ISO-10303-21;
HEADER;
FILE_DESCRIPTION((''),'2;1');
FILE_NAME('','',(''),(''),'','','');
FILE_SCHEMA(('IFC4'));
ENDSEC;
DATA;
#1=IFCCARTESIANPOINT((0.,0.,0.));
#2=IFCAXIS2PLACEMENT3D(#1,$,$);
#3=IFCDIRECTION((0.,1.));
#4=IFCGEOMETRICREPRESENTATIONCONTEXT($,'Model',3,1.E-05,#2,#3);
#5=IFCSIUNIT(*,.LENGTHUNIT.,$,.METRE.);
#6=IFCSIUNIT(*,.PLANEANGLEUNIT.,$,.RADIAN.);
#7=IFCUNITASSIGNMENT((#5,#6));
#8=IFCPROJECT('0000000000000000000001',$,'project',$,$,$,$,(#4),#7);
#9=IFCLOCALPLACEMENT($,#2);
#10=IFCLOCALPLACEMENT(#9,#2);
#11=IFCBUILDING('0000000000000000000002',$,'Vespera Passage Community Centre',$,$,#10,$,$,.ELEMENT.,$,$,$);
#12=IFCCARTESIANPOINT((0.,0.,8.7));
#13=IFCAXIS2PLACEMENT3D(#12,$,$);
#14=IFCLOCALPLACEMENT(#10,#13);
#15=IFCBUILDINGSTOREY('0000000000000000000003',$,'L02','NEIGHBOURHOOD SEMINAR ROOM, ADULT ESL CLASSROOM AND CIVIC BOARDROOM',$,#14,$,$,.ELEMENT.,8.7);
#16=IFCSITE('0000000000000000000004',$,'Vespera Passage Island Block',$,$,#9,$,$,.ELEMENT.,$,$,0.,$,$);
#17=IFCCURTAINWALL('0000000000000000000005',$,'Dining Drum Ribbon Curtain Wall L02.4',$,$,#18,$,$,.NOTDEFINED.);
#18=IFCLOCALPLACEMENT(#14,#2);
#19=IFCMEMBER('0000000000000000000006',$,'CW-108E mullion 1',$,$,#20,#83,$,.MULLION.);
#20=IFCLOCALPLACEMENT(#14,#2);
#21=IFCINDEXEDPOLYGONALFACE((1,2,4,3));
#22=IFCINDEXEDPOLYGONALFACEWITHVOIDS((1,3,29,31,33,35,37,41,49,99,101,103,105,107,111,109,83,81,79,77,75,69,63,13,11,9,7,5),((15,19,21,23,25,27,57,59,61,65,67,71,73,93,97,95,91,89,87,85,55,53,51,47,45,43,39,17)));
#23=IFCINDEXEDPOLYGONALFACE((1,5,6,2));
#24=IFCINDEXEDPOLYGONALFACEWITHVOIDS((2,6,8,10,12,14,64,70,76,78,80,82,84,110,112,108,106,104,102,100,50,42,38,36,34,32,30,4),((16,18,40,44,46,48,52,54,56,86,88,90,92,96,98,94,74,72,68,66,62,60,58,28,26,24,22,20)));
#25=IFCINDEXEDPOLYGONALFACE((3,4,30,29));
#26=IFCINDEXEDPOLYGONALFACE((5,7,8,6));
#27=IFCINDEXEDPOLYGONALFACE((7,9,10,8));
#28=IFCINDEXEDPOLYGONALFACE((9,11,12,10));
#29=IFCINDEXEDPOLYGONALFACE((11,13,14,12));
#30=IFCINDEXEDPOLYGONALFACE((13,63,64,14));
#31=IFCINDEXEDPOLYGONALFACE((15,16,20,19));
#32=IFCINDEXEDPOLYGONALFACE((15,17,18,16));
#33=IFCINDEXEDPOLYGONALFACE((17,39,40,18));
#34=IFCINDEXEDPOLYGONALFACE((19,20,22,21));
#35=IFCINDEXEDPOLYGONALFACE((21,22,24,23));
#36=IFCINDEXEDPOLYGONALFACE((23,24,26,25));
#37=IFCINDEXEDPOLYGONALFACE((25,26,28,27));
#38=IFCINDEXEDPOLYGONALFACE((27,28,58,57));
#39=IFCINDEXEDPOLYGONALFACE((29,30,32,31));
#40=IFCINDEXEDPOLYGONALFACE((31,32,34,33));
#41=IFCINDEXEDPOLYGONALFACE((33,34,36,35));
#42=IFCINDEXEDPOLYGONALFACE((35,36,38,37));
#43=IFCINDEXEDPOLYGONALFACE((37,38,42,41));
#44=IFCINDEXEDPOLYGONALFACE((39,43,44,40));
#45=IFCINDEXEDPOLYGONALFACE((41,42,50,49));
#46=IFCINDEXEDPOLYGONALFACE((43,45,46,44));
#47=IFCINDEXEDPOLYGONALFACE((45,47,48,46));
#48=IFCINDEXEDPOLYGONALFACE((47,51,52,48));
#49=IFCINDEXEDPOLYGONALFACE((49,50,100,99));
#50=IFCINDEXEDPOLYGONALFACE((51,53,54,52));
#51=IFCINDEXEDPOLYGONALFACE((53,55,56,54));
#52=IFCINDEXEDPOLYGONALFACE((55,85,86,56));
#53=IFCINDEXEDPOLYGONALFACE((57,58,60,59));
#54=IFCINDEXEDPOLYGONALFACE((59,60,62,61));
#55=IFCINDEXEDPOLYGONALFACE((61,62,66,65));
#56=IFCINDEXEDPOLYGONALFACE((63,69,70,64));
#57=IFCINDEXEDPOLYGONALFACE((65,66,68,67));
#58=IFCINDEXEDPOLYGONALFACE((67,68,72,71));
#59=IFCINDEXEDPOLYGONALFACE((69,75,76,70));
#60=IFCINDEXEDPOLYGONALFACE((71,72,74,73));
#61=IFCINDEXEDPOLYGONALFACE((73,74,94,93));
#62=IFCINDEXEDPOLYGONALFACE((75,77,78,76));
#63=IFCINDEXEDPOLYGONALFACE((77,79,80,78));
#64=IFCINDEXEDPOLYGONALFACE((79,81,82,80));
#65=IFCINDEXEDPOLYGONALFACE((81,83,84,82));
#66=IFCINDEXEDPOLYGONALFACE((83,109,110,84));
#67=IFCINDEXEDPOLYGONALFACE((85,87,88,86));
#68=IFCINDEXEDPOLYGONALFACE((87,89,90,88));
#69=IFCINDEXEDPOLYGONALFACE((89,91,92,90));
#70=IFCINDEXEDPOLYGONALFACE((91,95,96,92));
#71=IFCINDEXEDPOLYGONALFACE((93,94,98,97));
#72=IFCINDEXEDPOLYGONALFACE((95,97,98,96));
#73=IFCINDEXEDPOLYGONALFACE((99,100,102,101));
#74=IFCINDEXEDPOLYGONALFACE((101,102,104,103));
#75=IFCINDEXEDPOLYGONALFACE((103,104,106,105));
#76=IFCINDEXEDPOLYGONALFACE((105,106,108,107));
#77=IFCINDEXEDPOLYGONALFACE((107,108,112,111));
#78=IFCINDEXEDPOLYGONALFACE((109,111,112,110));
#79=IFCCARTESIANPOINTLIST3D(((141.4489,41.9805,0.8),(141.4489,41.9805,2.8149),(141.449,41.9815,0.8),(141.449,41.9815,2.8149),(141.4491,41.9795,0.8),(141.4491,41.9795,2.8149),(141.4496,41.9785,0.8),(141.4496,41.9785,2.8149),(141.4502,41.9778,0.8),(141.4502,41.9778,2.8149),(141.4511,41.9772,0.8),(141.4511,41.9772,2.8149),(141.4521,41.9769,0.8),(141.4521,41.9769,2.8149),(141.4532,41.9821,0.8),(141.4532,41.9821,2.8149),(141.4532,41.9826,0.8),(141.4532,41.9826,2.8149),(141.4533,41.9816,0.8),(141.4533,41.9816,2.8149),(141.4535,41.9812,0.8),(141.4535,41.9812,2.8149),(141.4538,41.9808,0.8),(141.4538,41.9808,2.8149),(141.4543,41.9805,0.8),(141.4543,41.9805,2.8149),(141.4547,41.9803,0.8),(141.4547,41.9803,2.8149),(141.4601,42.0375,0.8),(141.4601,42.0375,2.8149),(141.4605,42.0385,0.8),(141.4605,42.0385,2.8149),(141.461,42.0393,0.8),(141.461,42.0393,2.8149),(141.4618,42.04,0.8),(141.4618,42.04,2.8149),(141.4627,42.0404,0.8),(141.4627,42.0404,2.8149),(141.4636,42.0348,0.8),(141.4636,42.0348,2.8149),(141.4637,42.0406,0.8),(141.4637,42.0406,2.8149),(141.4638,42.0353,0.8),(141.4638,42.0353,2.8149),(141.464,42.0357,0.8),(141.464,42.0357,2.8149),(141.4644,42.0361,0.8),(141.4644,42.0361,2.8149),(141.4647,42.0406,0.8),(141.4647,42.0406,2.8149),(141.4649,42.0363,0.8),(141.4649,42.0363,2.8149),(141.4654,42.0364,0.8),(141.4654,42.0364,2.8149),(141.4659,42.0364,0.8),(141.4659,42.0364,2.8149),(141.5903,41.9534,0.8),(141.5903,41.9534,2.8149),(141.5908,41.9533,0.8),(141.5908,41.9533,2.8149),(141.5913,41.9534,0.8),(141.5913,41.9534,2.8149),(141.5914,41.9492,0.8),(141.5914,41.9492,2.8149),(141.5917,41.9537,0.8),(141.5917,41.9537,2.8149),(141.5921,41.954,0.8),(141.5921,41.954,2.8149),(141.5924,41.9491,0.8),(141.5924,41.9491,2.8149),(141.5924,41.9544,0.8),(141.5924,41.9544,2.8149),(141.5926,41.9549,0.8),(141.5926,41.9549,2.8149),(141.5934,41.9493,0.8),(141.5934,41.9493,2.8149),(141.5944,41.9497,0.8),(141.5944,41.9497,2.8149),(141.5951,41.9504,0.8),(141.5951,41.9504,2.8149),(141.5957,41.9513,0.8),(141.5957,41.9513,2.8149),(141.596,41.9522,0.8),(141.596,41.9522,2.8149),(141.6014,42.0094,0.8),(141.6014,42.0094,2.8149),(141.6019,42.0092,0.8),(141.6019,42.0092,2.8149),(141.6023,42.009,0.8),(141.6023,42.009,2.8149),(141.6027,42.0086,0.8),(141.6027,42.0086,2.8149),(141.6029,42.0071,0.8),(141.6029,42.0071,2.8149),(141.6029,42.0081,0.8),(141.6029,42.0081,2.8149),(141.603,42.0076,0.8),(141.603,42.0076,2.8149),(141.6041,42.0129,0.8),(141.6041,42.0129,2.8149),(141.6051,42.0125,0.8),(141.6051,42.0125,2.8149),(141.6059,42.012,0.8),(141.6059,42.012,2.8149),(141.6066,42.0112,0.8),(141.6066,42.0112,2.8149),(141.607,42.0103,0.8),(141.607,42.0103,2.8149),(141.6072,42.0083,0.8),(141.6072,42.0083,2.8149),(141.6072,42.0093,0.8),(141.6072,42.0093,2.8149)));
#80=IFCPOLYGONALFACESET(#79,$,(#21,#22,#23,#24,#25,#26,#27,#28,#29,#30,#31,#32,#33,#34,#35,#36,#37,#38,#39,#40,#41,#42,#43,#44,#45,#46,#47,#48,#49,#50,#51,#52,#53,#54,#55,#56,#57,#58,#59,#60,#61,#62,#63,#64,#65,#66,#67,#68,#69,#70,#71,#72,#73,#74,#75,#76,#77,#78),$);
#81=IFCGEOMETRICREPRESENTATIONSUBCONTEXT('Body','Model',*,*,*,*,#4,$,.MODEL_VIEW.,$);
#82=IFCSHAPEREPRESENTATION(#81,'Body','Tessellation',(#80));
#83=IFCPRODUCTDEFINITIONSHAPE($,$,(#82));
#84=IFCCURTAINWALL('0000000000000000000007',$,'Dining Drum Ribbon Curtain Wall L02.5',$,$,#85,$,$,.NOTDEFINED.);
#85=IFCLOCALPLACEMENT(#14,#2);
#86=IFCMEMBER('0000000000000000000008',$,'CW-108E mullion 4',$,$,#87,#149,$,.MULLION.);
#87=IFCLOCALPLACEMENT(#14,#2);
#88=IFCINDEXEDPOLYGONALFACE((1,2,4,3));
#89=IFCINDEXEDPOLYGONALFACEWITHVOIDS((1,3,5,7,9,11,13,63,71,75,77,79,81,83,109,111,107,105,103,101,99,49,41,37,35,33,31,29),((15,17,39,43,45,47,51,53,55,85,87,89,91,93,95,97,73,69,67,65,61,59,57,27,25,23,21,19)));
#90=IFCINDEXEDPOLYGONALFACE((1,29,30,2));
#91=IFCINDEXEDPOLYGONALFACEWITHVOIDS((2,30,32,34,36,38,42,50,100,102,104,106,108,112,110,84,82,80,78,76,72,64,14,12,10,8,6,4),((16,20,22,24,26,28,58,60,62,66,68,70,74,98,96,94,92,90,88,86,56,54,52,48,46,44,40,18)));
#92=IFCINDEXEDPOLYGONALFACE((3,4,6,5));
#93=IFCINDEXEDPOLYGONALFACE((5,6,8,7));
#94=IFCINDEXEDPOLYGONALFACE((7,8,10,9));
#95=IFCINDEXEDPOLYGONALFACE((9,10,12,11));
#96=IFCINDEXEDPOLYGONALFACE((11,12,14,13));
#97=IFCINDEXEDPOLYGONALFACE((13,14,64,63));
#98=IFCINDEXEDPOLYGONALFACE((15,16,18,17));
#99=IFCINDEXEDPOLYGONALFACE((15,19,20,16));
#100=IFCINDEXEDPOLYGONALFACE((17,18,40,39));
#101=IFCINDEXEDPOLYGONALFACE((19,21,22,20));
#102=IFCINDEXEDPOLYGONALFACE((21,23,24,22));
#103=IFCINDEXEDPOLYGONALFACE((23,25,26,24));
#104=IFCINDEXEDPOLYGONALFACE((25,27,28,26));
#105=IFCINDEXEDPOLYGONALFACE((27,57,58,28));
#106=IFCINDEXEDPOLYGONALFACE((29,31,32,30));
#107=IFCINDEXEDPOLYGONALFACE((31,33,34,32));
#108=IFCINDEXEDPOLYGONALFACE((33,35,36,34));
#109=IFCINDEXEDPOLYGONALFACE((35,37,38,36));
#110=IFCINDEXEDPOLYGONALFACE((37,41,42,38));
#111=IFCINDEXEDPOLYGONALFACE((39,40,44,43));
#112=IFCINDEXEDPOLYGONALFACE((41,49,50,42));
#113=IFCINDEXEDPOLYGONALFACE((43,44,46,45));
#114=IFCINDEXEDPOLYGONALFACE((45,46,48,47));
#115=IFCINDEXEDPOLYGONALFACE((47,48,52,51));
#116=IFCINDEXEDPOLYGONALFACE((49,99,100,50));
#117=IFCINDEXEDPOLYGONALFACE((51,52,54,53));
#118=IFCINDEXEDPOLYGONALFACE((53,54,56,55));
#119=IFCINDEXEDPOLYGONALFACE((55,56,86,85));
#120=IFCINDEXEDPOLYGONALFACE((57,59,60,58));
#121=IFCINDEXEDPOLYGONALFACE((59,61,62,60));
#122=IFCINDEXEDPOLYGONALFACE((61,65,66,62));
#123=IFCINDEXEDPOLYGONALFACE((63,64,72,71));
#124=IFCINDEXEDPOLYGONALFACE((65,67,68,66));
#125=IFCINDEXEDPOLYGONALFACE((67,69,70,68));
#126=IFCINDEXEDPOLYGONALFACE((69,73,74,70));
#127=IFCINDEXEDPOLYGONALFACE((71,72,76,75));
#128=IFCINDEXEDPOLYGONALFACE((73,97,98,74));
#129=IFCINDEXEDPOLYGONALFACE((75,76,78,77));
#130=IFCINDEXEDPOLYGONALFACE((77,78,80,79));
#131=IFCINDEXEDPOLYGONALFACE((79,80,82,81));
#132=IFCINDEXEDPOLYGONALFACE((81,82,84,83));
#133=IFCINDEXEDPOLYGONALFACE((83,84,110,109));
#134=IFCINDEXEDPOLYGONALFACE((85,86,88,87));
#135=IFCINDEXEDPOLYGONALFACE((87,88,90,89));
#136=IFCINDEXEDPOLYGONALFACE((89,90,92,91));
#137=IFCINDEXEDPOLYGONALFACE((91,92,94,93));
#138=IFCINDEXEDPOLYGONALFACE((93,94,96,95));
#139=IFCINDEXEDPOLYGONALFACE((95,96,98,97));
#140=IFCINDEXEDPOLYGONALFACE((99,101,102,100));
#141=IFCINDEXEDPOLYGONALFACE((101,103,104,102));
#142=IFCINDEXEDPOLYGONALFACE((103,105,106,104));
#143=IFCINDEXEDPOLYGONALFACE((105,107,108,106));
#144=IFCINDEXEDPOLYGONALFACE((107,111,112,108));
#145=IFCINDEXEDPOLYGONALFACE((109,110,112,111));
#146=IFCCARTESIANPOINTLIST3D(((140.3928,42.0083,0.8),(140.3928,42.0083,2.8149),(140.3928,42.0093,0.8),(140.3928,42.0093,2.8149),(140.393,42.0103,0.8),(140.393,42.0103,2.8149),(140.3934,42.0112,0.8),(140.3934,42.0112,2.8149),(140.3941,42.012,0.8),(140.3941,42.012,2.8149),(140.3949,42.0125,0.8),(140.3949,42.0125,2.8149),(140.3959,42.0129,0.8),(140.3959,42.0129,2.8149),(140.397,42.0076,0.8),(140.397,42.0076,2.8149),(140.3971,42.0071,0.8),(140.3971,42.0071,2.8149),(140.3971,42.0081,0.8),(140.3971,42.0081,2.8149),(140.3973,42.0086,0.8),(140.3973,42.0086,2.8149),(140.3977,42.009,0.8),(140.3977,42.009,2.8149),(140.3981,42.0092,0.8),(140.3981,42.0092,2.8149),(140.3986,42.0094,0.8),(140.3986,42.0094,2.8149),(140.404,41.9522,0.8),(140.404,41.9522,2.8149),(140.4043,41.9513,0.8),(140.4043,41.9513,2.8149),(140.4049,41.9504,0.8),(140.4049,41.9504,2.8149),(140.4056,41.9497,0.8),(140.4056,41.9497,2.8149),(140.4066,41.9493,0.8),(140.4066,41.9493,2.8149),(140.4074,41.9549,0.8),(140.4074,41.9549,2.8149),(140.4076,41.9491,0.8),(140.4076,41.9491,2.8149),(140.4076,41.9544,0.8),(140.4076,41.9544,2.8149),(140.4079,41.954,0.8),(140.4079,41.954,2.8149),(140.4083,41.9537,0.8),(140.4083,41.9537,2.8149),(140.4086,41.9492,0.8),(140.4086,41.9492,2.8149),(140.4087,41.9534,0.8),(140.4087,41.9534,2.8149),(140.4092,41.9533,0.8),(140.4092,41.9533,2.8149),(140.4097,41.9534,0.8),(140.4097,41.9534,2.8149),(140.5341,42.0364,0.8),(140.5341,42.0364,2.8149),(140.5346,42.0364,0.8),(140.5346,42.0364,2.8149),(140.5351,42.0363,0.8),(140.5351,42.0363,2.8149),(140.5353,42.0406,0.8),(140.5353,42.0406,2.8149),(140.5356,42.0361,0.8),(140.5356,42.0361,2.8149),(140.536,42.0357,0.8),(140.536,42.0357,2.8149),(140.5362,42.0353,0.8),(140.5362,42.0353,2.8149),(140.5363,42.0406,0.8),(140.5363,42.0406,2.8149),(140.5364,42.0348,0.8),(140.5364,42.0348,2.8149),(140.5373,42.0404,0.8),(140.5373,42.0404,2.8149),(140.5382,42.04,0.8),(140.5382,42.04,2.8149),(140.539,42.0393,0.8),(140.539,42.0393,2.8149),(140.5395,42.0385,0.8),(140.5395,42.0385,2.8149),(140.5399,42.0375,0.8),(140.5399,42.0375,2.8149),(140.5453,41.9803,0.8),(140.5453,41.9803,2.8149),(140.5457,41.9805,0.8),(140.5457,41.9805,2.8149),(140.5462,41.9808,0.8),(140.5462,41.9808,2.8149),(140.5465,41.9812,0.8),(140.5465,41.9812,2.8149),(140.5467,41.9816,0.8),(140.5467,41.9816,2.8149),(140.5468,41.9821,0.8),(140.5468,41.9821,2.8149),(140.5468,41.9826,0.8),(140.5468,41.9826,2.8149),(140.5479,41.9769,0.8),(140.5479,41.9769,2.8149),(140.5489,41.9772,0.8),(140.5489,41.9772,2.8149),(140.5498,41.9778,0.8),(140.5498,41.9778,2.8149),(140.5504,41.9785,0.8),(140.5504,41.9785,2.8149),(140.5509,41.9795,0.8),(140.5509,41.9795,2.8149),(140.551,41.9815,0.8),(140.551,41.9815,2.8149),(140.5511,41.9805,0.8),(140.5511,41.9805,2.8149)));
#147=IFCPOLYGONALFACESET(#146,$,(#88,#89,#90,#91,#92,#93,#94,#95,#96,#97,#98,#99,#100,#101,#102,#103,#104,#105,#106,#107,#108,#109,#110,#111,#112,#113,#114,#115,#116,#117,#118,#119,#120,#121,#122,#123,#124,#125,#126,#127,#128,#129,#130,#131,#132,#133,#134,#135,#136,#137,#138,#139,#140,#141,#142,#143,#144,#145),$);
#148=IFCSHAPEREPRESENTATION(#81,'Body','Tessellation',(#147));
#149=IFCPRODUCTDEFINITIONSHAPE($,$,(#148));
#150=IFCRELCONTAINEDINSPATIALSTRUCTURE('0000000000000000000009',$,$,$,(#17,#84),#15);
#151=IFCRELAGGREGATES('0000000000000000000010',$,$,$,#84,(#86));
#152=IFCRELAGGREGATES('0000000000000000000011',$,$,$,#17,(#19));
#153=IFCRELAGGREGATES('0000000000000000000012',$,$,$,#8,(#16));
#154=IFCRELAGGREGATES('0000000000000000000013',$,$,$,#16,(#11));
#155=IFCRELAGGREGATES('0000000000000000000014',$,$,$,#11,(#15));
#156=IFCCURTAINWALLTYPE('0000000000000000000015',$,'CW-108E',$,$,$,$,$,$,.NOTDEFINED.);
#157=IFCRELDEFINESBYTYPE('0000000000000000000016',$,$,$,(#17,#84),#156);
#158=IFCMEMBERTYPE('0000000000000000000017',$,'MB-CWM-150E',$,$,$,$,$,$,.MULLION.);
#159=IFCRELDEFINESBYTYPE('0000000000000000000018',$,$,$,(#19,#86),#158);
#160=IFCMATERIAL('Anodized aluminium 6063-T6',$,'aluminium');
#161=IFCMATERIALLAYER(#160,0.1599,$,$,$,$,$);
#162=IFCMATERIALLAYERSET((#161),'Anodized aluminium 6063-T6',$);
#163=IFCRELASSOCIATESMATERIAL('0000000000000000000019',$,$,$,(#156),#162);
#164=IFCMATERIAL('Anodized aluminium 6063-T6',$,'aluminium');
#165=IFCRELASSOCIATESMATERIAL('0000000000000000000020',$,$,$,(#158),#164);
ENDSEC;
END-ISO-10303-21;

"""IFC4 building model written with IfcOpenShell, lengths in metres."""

from ifc_helpers import new_model, si_unit, direction, frame, origin, origin_2d, place, context, subcontext, project, spatial, hollow_rectangle, extrude, material, layer, layer_set, material_profile, profile_set, type_object, element, aggregate, save


model = new_model("IFC4")

# Units and contexts
model_context = context("Model", 3, precision=1e-05, world=origin(), true_north=direction((0.0, 1.0)))
body_context = subcontext(model_context, "Body", "Model", "MODEL_VIEW")
ifc_project = project(units=[si_unit("LENGTHUNIT", "METRE"), si_unit("PLANEANGLEUNIT", "RADIAN")], contexts=[model_context])

# Site, building, storey
site_placement = place(None, origin())
site = spatial("IfcSite", under=ifc_project, at=site_placement, Name="Vespera Passage Island Block", CompositionType="ELEMENT", RefElevation=0.0)
building_placement = place(site_placement, origin())
building = spatial("IfcBuilding", under=site, at=building_placement, Name="Vespera Passage Community Centre", CompositionType="ELEMENT")
storey_placement = place(building_placement, frame((0.0, 0.0, 8.7)))
storey = spatial("IfcBuildingStorey", under=building, at=storey_placement, Name="L02", Description="NEIGHBOURHOOD SEMINAR ROOM, ADULT ESL CLASSROOM AND CIVIC BOARDROOM", CompositionType="ELEMENT", Elevation=8.7)

# Curtain walls, members
ifc_material_1 = material(Name="Anodized aluminium 6063-T6", Category="aluminium")
ifc_layer_1 = layer(ifc_material_1, 0.1599)
ifc_layer_set_1 = layer_set([ifc_layer_1], Name="Anodized aluminium 6063-T6")
curtain_wall_type = type_object("IfcCurtainWallType", Name="CW-108E", PredefinedType="NOTDEFINED", material=ifc_layer_set_1)
curtain_wall_1_placement = place(storey_placement, origin())
curtain_wall_1 = element("IfcCurtainWall", 1, at=curtain_wall_1_placement, inside=storey, type_object=curtain_wall_type, Name="Dining Drum Ribbon Curtain Wall L02.4", PredefinedType="NOTDEFINED")
ifc_material_2 = material(Name="Anodized aluminium 6063-T6", Category="aluminium")
ifc_material_profile_1 = material_profile(ifc_material_2, hollow_rectangle(XDim=0.0649, YDim=0.1499, WallThickness=0.0039, InnerFilletRadius=0.002, OuterFilletRadius=0.0039, at=origin_2d()), Name="ALU150X65X4")
ifc_profile_set_1 = profile_set([ifc_material_profile_1], Name="Anodized aluminium 6063-T6")
member_type_1 = type_object("IfcMemberType", Name="MB-CWM-150E", PredefinedType="MULLION", material=ifc_profile_set_1)
member_1_placement = place(storey_placement, frame((141.5281, 41.9949, 0.8), z_axis=(0.0, 0.0, 1.0), x_axis=(0.195097, 0.980784, 0.0)))
member_1 = element("IfcMember", 2, at=member_1_placement, type_object=member_type_1, Name="CW-108E mullion 1", PredefinedType="MULLION", context=body_context, shape_type="SweptSolid", body=[
    extrude(hollow_rectangle(XDim=0.0649, YDim=0.1499, WallThickness=0.0039, InnerFilletRadius=0.002, OuterFilletRadius=0.0039, at=origin_2d()), origin(), (0.0, 0.0, 1.0), 2.0149),
])
curtain_wall_2_placement = place(storey_placement, origin())
curtain_wall_2 = element("IfcCurtainWall", 3, at=curtain_wall_2_placement, inside=storey, type_object=curtain_wall_type, Name="Dining Drum Ribbon Curtain Wall L02.5", PredefinedType="NOTDEFINED")
member_2_placement = place(storey_placement, frame((140.4719, 41.9949, 0.8), z_axis=(0.0, 0.0, 1.0), x_axis=(-0.195097, 0.980784, 0.0)))
member_2 = element("IfcMember", 4, at=member_2_placement, type_object=member_type_1, Name="CW-108E mullion 4", PredefinedType="MULLION", context=body_context, shape_type="SweptSolid", body=[
    extrude(hollow_rectangle(XDim=0.0649, YDim=0.1499, WallThickness=0.0039, InnerFilletRadius=0.002, OuterFilletRadius=0.0039, at=origin_2d()), origin(), (0.0, 0.0, 1.0), 2.0149),
])
aggregate(curtain_wall_2, [member_2])

aggregate(curtain_wall_1, [member_1])

save(model, "model.ifc")
